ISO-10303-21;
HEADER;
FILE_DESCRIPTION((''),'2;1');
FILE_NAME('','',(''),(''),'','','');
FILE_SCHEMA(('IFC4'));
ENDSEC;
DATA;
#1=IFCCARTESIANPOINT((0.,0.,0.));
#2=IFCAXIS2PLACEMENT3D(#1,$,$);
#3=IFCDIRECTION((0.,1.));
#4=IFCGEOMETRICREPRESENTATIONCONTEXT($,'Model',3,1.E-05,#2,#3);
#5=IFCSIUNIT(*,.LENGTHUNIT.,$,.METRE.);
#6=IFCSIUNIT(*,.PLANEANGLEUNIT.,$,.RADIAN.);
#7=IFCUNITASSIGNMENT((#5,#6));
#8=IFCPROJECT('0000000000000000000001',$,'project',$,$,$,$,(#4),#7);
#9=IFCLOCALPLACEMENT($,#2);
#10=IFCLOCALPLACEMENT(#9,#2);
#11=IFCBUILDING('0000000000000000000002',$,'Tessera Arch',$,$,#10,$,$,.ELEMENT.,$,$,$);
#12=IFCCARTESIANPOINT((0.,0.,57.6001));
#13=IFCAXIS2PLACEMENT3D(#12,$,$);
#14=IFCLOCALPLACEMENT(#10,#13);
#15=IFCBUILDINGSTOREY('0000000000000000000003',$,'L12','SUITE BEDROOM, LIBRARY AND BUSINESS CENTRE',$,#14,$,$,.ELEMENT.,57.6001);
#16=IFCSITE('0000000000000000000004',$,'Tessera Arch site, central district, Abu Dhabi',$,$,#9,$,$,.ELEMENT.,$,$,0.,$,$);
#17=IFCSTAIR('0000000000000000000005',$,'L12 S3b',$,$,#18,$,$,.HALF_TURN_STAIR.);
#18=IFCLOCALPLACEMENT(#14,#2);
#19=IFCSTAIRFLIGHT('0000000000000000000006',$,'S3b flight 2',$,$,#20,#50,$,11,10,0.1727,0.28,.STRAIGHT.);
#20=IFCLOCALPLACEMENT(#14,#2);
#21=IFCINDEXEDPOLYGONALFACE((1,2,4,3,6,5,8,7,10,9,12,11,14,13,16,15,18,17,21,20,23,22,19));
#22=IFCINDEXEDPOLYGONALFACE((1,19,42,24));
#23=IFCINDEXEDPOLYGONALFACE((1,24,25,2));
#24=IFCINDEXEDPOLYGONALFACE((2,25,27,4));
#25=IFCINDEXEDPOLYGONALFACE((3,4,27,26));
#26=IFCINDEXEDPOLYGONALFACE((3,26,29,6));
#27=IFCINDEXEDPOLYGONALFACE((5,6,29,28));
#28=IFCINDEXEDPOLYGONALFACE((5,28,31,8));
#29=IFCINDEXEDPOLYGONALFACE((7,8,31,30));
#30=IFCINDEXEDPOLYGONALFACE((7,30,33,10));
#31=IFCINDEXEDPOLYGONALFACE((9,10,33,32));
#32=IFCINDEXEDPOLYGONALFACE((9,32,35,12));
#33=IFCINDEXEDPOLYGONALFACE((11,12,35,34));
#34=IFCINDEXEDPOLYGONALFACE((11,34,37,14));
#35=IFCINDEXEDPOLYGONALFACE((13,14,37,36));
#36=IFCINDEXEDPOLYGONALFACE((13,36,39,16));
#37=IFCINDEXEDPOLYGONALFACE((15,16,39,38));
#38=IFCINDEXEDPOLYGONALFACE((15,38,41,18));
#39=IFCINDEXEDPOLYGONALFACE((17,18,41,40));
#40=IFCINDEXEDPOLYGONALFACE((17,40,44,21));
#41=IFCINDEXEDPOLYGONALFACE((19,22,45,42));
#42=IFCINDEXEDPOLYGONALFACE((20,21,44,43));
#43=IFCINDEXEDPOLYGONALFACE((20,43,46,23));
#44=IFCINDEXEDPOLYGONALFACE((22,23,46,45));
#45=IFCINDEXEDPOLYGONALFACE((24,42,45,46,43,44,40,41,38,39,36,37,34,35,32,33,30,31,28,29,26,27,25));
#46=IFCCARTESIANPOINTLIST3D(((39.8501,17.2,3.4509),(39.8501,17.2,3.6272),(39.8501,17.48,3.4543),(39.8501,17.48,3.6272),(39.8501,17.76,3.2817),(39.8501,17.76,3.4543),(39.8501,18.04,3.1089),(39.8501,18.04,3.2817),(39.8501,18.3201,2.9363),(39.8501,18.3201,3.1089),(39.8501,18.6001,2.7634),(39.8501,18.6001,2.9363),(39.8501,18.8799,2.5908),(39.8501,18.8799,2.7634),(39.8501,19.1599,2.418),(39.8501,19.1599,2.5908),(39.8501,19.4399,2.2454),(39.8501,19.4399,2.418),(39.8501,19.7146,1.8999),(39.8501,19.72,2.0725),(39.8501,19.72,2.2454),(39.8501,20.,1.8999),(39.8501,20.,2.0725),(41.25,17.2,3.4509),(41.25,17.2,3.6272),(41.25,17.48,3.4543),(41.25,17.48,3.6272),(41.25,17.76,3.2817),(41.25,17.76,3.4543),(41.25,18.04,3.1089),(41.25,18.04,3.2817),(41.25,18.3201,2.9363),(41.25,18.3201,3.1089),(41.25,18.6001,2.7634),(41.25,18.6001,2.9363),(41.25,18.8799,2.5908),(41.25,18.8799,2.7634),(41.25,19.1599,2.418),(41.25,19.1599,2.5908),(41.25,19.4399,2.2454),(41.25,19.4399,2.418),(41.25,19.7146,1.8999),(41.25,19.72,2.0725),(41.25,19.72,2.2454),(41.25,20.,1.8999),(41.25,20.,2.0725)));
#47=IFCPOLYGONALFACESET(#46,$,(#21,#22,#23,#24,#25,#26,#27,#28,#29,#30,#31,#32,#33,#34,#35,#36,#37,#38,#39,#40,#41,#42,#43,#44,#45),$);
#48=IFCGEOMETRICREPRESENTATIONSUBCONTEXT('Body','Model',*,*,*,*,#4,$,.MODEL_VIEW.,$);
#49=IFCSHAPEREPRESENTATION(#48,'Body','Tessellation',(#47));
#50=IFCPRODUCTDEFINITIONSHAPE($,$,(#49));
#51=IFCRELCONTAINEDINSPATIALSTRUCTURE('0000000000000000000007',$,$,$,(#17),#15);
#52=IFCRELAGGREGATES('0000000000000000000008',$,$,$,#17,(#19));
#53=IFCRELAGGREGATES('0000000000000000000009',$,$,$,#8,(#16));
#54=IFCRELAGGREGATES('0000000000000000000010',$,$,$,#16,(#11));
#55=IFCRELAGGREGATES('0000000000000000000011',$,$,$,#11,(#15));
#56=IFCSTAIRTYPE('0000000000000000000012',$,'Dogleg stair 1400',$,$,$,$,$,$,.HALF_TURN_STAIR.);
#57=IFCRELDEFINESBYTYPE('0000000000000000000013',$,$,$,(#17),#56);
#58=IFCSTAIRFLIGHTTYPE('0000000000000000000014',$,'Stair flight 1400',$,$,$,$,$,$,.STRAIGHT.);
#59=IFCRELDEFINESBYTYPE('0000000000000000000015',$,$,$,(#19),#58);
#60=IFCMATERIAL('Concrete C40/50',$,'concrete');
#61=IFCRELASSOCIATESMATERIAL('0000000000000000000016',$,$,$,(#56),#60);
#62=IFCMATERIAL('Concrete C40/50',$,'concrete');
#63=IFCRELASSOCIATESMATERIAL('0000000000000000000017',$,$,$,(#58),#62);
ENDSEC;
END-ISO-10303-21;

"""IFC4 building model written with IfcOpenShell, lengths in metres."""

from ifc_helpers import new_model, si_unit, direction, frame, origin, place, context, subcontext, project, spatial, polyline, outline, extrude, material, type_object, element, aggregate, save


model = new_model("IFC4")

# Units and contexts
model_context = context("Model", 3, precision=1e-05, world=origin(), true_north=direction((0.0, 1.0)))
body_context = subcontext(model_context, "Body", "Model", "MODEL_VIEW")
ifc_project = project(units=[si_unit("LENGTHUNIT", "METRE"), si_unit("PLANEANGLEUNIT", "RADIAN")], contexts=[model_context])

# Site, building, storey
site_placement = place(None, origin())
site = spatial("IfcSite", under=ifc_project, at=site_placement, Name="Tessera Arch site, central district, Abu Dhabi", CompositionType="ELEMENT", RefElevation=0.0)
building_placement = place(site_placement, origin())
building = spatial("IfcBuilding", under=site, at=building_placement, Name="Tessera Arch", CompositionType="ELEMENT")
storey_placement = place(building_placement, frame((0.0, 0.0, 57.6001)))
storey = spatial("IfcBuildingStorey", under=building, at=storey_placement, Name="L12", Description="SUITE BEDROOM, LIBRARY AND BUSINESS CENTRE", CompositionType="ELEMENT", Elevation=57.6001)

# Stair, stair flight
ifc_material_1 = material(Name="Concrete C40/50", Category="concrete")
stair_type = type_object("IfcStairType", Name="Dogleg stair 1400", PredefinedType="HALF_TURN_STAIR", material=ifc_material_1)
ifc_material_2 = material(Name="Concrete C40/50", Category="concrete")
stair_flight_type = type_object("IfcStairFlightType", Name="Stair flight 1400", PredefinedType="STRAIGHT", material=ifc_material_2)
stair_1_placement = place(storey_placement, origin())
stair_1 = element("IfcStair", 1, at=stair_1_placement, inside=storey, type_object=stair_type, Name="L12 S3b", PredefinedType="HALF_TURN_STAIR")
stair_flight_1_placement = place(storey_placement, frame((40.55, 20.0, 1.8999), z_axis=(0.0, 0.0, 1.0), x_axis=(0.0, -1.0, 0.0)))
stair_flight_1 = element("IfcStairFlight", 2, at=stair_flight_1_placement, type_object=stair_flight_type, Name="S3b flight 2", NumberOfRisers=11, NumberOfTreads=10, PredefinedType="STRAIGHT", RiserHeight=0.1727, TreadLength=0.28, context=body_context, shape_type="SweptSolid", body=[
    extrude(outline(polyline([(0.0, 0.0), (0.0, 0.1726), (0.28, 0.1726), (0.28, 0.3455), (0.5601, 0.3455), (0.5601, 0.5181), (0.8401, 0.5181), (0.8401, 0.6909), (1.1201, 0.6909), (1.1201, 0.8635), (1.3999, 0.8635), (1.3999, 1.0364), (1.6799, 1.0364), (1.6799, 1.209), (1.96, 1.209), (1.96, 1.3818), (2.24, 1.3818), (2.24, 1.5544), (2.52, 1.5544), (2.52, 1.7273), (2.8, 1.7273), (2.8, 1.8999), (2.8, 1.551), (0.2854, 0.0), (0.0, 0.0)])), frame((0.0, 0.7, 0.0), z_axis=(0.0, -1.0, 0.0), x_axis=(1.0, 0.0, 0.0)), (0.0, 0.0, 1.0), 1.3999),
])
aggregate(stair_1, [stair_flight_1])

save(model, "model.ifc")
